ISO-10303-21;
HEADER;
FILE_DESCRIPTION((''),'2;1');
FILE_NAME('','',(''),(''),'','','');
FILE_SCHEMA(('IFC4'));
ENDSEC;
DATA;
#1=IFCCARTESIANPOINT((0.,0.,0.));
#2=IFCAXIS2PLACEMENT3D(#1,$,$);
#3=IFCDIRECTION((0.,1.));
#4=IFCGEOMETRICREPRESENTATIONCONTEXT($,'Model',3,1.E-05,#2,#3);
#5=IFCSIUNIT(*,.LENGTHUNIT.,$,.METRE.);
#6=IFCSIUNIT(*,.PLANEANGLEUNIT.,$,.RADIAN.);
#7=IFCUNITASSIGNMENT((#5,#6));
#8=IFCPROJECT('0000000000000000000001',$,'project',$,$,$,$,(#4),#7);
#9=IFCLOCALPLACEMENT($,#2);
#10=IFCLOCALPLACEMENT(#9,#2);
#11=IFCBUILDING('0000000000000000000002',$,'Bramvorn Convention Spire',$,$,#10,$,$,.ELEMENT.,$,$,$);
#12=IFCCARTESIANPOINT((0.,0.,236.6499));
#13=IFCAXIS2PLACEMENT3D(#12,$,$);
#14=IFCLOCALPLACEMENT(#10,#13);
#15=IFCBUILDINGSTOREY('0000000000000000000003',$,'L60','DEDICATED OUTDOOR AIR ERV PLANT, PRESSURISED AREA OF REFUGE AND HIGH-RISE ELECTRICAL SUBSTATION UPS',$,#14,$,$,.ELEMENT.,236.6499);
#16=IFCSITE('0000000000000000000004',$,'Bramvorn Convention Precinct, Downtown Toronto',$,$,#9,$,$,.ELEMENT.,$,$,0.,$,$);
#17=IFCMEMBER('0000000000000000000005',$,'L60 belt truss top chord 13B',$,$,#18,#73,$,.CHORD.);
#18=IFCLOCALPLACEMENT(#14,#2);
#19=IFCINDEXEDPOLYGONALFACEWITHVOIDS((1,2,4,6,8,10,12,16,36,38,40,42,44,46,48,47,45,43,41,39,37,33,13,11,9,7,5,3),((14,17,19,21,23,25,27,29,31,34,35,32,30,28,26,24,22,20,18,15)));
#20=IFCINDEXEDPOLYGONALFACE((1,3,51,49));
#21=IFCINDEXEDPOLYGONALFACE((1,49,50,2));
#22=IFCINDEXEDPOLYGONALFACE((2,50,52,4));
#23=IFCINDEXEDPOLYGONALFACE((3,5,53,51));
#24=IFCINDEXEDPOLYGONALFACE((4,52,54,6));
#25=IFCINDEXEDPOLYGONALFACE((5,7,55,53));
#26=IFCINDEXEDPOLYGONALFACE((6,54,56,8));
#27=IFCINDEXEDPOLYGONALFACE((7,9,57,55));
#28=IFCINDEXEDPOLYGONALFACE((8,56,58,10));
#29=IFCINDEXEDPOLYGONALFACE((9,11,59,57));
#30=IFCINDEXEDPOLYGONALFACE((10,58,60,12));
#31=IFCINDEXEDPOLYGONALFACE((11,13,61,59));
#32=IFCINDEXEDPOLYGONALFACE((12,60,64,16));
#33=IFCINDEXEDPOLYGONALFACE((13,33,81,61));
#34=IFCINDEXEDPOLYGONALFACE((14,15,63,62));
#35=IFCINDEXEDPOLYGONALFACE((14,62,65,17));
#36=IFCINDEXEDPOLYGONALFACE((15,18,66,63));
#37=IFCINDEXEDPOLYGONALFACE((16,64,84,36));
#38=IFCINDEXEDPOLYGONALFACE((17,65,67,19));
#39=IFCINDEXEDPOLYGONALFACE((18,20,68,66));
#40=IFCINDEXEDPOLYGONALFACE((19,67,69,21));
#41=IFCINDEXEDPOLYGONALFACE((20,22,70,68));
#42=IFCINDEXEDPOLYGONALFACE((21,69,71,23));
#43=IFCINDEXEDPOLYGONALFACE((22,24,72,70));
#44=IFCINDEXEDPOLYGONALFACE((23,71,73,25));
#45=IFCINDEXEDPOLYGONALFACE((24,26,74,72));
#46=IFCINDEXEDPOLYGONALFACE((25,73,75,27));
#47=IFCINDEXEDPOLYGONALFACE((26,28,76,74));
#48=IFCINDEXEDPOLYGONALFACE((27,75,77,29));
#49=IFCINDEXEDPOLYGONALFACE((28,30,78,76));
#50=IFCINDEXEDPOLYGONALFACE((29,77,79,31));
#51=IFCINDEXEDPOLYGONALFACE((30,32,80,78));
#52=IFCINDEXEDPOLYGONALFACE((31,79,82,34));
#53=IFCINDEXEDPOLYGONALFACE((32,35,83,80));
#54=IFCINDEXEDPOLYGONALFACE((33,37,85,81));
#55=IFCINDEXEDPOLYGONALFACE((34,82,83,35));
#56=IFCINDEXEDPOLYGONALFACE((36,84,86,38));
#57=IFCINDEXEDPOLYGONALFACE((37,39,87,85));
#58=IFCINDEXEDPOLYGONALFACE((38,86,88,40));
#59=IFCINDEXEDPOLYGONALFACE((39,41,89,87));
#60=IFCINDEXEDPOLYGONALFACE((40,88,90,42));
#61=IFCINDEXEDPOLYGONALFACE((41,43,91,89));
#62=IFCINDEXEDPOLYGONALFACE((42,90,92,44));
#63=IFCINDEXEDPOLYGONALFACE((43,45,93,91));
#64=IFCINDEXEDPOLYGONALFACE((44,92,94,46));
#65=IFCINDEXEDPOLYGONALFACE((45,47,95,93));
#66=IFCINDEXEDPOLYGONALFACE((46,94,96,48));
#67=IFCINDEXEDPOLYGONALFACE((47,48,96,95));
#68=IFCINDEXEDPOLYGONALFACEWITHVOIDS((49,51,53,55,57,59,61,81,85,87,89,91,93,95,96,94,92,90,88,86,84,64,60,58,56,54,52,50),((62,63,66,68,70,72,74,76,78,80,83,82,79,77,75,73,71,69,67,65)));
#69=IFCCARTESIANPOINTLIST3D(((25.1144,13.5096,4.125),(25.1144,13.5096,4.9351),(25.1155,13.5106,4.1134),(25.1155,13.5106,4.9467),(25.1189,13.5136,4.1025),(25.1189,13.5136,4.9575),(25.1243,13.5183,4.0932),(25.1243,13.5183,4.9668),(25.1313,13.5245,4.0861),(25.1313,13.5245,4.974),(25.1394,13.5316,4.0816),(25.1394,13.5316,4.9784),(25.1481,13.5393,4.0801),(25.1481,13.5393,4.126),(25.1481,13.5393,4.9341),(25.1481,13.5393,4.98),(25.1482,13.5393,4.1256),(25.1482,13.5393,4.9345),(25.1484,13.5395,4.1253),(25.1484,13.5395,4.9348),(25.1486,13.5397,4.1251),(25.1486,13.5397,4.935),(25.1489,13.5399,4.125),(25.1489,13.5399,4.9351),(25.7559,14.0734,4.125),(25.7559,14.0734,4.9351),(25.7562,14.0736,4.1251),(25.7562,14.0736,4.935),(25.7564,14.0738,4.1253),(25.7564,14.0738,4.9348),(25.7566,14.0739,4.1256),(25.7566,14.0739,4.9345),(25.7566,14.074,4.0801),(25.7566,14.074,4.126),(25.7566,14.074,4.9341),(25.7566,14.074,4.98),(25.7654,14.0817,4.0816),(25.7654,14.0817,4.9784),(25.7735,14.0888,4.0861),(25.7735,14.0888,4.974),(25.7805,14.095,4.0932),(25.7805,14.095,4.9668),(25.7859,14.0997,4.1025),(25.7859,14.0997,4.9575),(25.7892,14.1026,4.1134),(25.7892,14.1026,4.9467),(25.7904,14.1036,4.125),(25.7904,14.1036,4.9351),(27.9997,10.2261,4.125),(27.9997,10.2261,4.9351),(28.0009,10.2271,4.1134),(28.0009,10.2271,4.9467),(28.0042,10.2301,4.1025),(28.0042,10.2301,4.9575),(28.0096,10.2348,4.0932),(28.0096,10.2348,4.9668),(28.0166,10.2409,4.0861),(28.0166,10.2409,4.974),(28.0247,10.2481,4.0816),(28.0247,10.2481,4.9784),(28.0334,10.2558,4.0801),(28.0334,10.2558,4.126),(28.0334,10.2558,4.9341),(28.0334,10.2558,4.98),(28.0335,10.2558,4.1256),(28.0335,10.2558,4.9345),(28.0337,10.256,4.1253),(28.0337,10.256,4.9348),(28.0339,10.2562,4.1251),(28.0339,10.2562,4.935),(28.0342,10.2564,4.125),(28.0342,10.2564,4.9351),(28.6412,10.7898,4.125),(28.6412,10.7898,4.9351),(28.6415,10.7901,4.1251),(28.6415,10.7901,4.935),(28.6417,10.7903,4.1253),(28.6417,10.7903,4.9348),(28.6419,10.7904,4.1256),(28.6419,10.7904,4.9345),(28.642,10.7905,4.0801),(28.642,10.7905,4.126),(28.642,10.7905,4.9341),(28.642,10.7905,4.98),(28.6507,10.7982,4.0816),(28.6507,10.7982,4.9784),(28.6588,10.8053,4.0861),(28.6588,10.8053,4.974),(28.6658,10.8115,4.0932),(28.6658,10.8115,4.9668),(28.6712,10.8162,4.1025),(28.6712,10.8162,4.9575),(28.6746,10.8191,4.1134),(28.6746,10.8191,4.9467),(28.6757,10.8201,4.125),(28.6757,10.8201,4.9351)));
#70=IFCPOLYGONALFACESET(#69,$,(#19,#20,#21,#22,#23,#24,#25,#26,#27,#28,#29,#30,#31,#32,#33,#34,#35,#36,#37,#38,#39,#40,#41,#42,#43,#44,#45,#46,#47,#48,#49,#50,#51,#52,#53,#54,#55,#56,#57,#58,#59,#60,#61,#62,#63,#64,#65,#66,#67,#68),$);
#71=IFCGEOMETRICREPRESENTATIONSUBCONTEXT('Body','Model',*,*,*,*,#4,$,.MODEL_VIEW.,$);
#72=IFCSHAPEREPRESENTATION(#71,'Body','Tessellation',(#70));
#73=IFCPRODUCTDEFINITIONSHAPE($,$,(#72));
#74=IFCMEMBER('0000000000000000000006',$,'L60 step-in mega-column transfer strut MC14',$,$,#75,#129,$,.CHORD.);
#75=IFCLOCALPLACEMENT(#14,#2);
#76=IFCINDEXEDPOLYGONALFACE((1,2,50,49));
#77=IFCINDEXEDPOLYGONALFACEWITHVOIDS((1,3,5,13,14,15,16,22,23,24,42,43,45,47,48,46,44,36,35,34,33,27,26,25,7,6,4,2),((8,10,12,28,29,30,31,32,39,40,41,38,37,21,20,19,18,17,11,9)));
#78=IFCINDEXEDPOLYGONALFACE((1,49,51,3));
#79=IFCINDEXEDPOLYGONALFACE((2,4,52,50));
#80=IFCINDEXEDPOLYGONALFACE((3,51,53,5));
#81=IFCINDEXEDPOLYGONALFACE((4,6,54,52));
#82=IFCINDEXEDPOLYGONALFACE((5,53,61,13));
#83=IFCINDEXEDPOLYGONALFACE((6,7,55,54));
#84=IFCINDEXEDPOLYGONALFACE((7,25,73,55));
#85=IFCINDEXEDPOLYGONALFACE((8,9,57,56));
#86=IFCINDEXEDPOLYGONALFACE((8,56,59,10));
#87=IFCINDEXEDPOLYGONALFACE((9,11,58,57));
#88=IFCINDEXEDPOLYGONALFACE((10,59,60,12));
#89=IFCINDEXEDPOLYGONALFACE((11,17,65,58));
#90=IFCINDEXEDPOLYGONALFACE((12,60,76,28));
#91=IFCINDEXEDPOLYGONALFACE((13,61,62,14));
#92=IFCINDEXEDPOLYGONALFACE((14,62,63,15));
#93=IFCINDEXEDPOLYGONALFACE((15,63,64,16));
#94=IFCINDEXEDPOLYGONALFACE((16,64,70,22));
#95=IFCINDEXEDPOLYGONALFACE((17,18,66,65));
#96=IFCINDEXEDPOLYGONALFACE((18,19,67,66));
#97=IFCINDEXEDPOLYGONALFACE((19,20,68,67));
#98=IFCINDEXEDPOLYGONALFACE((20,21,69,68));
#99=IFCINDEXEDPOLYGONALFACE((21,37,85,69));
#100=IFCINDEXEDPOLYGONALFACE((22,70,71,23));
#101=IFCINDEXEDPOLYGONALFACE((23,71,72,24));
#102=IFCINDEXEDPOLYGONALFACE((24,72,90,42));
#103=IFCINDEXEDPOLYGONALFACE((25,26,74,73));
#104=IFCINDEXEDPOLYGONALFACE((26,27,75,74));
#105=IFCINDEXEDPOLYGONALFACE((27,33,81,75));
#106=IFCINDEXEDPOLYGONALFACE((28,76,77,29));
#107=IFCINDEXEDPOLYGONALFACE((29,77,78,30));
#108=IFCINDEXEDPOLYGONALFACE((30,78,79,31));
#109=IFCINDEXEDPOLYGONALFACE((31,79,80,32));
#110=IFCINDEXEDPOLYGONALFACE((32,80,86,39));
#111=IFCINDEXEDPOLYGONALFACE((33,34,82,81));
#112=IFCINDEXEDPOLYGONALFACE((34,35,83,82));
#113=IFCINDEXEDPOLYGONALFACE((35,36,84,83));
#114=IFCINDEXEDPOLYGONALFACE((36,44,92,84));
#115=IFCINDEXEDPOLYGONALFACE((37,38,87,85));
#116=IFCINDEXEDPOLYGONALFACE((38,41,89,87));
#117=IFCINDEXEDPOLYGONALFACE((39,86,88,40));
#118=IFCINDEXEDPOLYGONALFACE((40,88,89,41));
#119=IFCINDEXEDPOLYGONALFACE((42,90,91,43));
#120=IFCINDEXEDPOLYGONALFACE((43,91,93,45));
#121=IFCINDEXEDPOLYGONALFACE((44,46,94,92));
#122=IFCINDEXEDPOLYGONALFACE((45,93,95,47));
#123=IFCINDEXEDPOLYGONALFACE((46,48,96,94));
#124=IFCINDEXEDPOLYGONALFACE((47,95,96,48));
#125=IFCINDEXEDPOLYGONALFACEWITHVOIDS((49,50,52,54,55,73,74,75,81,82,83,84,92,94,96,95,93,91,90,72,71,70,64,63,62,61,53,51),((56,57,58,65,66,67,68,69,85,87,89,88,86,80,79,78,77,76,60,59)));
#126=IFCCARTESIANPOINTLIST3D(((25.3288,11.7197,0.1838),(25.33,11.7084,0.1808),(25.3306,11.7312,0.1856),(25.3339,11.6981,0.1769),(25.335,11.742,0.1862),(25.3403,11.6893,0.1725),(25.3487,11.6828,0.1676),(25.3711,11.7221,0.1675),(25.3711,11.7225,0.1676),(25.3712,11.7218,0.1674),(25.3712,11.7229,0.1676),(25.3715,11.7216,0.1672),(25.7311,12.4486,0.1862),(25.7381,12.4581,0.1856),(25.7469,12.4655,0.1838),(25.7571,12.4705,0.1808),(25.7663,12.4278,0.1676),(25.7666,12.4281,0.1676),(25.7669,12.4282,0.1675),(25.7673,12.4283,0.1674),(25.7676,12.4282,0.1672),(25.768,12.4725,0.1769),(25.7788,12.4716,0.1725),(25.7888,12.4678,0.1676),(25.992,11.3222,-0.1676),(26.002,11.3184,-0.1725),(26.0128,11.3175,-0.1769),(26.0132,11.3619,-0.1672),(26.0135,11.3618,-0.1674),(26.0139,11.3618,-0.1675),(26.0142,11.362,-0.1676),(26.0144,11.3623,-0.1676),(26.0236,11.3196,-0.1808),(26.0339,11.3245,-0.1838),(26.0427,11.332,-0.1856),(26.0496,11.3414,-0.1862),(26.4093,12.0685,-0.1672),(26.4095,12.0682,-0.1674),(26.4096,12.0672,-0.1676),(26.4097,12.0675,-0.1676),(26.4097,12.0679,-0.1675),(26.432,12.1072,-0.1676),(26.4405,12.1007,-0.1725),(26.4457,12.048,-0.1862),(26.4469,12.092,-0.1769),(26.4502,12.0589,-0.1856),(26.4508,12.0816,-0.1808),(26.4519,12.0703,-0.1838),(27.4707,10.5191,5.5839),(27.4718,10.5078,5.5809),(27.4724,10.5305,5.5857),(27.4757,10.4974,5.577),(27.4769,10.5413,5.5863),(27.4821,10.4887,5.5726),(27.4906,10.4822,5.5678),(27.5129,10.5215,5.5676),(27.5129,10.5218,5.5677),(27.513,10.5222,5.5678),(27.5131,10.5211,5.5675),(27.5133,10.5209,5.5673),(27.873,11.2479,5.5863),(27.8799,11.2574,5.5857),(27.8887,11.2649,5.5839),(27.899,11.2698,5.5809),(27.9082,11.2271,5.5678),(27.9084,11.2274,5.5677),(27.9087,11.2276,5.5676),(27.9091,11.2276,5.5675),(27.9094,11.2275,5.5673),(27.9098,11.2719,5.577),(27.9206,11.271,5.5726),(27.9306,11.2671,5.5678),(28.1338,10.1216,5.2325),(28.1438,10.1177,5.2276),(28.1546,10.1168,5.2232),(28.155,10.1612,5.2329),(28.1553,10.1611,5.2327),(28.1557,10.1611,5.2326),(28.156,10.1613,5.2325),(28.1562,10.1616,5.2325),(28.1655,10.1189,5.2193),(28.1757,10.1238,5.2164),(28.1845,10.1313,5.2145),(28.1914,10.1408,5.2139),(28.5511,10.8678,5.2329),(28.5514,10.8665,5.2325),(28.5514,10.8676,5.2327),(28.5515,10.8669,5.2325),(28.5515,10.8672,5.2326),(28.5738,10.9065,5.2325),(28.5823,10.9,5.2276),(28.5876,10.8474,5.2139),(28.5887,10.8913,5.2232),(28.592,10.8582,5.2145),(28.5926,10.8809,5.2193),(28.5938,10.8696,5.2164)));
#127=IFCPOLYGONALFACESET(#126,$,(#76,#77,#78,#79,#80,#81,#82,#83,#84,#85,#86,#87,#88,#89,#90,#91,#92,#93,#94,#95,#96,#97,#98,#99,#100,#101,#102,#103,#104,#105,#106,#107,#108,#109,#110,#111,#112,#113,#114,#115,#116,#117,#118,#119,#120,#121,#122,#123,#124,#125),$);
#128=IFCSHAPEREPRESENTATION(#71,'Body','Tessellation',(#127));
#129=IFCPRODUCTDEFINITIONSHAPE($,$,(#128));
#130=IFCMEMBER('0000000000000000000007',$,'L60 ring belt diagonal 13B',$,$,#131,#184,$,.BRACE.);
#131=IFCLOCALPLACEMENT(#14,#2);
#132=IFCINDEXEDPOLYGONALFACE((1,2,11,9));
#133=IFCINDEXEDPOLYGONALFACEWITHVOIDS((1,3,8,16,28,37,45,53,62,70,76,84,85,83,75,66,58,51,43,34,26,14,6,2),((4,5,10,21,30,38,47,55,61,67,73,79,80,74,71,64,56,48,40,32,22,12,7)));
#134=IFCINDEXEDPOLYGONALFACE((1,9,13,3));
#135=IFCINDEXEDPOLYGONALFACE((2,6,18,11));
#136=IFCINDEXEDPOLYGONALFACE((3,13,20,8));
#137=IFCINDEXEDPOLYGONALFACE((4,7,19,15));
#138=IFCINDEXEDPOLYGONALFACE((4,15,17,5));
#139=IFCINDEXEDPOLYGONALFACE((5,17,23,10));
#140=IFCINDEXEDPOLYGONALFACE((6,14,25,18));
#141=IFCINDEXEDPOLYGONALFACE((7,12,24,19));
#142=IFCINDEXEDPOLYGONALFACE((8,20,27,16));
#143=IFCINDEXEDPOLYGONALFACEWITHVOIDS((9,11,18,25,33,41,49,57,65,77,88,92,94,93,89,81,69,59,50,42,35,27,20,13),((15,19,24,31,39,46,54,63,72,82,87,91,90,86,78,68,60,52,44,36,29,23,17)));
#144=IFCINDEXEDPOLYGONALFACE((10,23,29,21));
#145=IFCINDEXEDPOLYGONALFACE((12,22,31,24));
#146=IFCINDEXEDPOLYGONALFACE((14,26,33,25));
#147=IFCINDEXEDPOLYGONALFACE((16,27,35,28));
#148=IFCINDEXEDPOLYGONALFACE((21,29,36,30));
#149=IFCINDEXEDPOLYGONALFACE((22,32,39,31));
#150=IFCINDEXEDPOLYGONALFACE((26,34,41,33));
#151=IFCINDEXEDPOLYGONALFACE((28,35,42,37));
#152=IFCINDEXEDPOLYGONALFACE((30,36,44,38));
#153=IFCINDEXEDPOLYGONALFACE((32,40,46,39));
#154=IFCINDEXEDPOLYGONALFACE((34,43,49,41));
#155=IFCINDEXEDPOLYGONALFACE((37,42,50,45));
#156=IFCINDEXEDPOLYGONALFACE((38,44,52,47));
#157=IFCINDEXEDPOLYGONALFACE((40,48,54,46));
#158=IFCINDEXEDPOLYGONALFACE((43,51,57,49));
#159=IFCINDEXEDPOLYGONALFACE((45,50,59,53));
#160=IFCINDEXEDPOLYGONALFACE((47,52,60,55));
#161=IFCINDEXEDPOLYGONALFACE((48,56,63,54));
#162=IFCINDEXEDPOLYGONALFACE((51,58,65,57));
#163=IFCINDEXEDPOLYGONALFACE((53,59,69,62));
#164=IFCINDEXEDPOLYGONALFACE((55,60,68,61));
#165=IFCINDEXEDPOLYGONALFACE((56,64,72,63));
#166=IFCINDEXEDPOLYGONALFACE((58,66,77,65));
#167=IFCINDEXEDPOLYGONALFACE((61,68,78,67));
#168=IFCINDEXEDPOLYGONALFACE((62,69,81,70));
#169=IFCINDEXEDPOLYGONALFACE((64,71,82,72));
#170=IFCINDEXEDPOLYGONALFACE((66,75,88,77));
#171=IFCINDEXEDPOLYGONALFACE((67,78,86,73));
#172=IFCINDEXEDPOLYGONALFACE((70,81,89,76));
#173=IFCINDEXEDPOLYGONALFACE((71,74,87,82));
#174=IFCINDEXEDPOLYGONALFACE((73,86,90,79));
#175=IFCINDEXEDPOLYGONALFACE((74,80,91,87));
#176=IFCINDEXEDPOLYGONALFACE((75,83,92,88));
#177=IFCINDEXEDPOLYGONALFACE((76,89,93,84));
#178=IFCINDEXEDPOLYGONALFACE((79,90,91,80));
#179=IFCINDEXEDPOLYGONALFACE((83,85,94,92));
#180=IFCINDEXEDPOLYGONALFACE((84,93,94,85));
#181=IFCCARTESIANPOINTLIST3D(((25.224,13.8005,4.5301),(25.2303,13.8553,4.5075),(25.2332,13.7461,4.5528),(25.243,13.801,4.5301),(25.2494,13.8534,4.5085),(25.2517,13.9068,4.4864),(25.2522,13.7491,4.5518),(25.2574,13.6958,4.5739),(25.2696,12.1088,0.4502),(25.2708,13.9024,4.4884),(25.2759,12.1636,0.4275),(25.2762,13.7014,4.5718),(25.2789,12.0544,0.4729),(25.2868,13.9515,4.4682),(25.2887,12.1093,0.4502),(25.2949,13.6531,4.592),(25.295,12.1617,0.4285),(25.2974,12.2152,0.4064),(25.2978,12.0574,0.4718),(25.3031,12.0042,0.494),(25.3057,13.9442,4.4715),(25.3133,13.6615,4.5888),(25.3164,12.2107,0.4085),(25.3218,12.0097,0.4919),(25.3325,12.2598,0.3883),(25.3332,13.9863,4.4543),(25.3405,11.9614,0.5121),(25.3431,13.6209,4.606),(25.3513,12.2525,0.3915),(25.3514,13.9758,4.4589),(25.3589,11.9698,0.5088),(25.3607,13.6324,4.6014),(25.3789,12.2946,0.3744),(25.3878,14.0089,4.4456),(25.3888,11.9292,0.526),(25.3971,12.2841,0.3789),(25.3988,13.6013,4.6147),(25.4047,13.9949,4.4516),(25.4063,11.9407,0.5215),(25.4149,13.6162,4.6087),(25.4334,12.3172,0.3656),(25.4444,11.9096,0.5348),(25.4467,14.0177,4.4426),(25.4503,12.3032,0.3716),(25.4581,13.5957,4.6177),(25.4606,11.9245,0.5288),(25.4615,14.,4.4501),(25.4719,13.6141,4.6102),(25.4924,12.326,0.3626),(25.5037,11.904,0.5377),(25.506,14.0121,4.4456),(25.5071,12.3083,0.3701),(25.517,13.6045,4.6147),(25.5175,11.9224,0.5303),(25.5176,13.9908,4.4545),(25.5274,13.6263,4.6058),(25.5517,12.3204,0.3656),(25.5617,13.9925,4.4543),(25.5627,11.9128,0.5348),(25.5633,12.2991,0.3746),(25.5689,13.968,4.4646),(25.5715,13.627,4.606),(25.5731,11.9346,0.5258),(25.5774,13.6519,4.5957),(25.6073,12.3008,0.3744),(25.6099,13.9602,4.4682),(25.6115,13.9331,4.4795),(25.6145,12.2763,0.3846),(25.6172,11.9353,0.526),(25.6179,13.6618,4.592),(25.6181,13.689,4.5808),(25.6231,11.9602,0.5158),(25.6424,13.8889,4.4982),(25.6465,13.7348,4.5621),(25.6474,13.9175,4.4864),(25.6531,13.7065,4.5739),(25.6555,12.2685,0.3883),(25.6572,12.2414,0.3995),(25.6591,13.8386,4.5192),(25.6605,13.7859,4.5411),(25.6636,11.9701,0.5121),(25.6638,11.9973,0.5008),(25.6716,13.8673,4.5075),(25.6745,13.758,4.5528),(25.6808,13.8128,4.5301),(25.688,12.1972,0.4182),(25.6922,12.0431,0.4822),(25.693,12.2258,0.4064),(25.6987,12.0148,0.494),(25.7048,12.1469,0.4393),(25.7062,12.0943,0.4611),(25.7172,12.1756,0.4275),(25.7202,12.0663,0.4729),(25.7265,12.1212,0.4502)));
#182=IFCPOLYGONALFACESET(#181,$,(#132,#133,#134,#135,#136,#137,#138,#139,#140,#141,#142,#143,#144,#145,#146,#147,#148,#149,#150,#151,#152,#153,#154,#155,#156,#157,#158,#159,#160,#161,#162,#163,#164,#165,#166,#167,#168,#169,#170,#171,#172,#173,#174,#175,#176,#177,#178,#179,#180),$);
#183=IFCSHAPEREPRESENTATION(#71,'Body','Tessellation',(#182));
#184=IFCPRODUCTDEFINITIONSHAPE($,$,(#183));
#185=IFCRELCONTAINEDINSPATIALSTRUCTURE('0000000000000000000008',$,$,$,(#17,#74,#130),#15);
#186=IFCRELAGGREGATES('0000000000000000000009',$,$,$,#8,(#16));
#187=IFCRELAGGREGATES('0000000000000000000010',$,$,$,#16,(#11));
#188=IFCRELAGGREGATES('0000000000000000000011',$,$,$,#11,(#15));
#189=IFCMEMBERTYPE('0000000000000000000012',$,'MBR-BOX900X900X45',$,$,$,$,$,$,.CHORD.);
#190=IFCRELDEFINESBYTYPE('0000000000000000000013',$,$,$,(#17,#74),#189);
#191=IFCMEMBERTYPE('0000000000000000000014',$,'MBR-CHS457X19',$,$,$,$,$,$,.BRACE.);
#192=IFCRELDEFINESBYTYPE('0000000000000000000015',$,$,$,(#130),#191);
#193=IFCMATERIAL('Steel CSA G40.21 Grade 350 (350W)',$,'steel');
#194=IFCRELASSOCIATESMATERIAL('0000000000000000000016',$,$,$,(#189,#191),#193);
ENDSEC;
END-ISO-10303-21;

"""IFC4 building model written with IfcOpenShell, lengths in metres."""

from ifc_helpers import new_model, si_unit, direction, frame, origin, origin_2d, place, context, subcontext, project, spatial, hollow_rectangle, hollow_circle, extrude, material, material_profile, profile_set, type_object, element, save


model = new_model("IFC4")

# Units and contexts
model_context = context("Model", 3, precision=1e-05, world=origin(), true_north=direction((0.0, 1.0)))
body_context = subcontext(model_context, "Body", "Model", "MODEL_VIEW")
ifc_project = project(units=[si_unit("LENGTHUNIT", "METRE"), si_unit("PLANEANGLEUNIT", "RADIAN")], contexts=[model_context])

# Site, building, storey
site_placement = place(None, origin())
site = spatial("IfcSite", under=ifc_project, at=site_placement, Name="Bramvorn Convention Precinct, Downtown Toronto", CompositionType="ELEMENT", RefElevation=0.0)
building_placement = place(site_placement, origin())
building = spatial("IfcBuilding", under=site, at=building_placement, Name="Bramvorn Convention Spire", CompositionType="ELEMENT")
storey_placement = place(building_placement, frame((0.0, 0.0, 236.6499)))
storey = spatial("IfcBuildingStorey", under=building, at=storey_placement, Name="L60", Description="DEDICATED OUTDOOR AIR ERV PLANT, PRESSURISED AREA OF REFUGE AND HIGH-RISE ELECTRICAL SUBSTATION UPS", CompositionType="ELEMENT", Elevation=236.6499)

# Shared definitions
ifc_material_1 = material(Name="Steel CSA G40.21 Grade 350 (350W)", Category="steel")

# Members
ifc_material_profile_1 = material_profile(ifc_material_1, hollow_rectangle(XDim=0.8999, YDim=0.8999, WallThickness=0.0449, InnerFilletRadius=0.001, OuterFilletRadius=0.0449, at=origin_2d()))
ifc_profile_set_1 = profile_set([ifc_material_profile_1], Name="Steel CSA G40.21 Grade 350 (350W) - BOX900X900X45")
member_type_1 = type_object("IfcMemberType", Name="MBR-BOX900X900X45", PredefinedType="CHORD", material=ifc_profile_set_1)
member_1_placement = place(storey_placement, frame((25.4524, 13.8066, 4.53), z_axis=(0.660089, -0.751188, 0.0), x_axis=(0.751188, 0.660089, 0.0)))
element("IfcMember", 1, at=member_1_placement, inside=storey, type_object=member_type_1, Name="L60 belt truss top chord 13B", PredefinedType="CHORD", context=body_context, shape_type="SweptSolid", body=[
    extrude(hollow_rectangle(XDim=0.8999, YDim=0.8999, WallThickness=0.0449, InnerFilletRadius=0.001, OuterFilletRadius=0.0449, at=origin_2d()), origin(), (0.0, 0.0, 1.0), 4.3711),
])
member_2_placement = place(storey_placement, frame((25.8904, 11.895, 0.0), z_axis=(0.361056, -0.202402, 0.910314), x_axis=(0.488991, 0.872289, 0.0)))
element("IfcMember", 2, at=member_2_placement, inside=storey, type_object=member_type_1, Name="L60 step-in mega-column transfer strut MC14", PredefinedType="CHORD", context=body_context, shape_type="SweptSolid", body=[
    extrude(hollow_rectangle(XDim=0.8999, YDim=0.8999, WallThickness=0.0449, InnerFilletRadius=0.001, OuterFilletRadius=0.0449, at=origin_2d()), origin(), (0.0, 0.0, 1.0), 5.9321),
])
ifc_material_profile_2 = material_profile(ifc_material_1, hollow_circle(Radius=0.2285, WallThickness=0.019, at=origin_2d()))
ifc_profile_set_2 = profile_set([ifc_material_profile_2], Name="Steel CSA G40.21 Grade 350 (350W) - CHS457X19")
member_type_2 = type_object("IfcMemberType", Name="MBR-CHS457X19", PredefinedType="BRACE", material=ifc_profile_set_2)
member_3_placement = place(storey_placement, frame((25.498, 12.115, 0.4502), z_axis=(-0.010336, 0.382997, 0.923692), x_axis=(-0.999636, -0.026978, 0.0)))
element("IfcMember", 3, at=member_3_placement, inside=storey, type_object=member_type_2, Name="L60 ring belt diagonal 13B", PredefinedType="BRACE", context=body_context, shape_type="SweptSolid", body=[
    extrude(hollow_circle(Radius=0.2285, WallThickness=0.019, at=origin_2d()), origin(), (0.0, 0.0, 1.0), 4.417),
])

save(model, "model.ifc")
